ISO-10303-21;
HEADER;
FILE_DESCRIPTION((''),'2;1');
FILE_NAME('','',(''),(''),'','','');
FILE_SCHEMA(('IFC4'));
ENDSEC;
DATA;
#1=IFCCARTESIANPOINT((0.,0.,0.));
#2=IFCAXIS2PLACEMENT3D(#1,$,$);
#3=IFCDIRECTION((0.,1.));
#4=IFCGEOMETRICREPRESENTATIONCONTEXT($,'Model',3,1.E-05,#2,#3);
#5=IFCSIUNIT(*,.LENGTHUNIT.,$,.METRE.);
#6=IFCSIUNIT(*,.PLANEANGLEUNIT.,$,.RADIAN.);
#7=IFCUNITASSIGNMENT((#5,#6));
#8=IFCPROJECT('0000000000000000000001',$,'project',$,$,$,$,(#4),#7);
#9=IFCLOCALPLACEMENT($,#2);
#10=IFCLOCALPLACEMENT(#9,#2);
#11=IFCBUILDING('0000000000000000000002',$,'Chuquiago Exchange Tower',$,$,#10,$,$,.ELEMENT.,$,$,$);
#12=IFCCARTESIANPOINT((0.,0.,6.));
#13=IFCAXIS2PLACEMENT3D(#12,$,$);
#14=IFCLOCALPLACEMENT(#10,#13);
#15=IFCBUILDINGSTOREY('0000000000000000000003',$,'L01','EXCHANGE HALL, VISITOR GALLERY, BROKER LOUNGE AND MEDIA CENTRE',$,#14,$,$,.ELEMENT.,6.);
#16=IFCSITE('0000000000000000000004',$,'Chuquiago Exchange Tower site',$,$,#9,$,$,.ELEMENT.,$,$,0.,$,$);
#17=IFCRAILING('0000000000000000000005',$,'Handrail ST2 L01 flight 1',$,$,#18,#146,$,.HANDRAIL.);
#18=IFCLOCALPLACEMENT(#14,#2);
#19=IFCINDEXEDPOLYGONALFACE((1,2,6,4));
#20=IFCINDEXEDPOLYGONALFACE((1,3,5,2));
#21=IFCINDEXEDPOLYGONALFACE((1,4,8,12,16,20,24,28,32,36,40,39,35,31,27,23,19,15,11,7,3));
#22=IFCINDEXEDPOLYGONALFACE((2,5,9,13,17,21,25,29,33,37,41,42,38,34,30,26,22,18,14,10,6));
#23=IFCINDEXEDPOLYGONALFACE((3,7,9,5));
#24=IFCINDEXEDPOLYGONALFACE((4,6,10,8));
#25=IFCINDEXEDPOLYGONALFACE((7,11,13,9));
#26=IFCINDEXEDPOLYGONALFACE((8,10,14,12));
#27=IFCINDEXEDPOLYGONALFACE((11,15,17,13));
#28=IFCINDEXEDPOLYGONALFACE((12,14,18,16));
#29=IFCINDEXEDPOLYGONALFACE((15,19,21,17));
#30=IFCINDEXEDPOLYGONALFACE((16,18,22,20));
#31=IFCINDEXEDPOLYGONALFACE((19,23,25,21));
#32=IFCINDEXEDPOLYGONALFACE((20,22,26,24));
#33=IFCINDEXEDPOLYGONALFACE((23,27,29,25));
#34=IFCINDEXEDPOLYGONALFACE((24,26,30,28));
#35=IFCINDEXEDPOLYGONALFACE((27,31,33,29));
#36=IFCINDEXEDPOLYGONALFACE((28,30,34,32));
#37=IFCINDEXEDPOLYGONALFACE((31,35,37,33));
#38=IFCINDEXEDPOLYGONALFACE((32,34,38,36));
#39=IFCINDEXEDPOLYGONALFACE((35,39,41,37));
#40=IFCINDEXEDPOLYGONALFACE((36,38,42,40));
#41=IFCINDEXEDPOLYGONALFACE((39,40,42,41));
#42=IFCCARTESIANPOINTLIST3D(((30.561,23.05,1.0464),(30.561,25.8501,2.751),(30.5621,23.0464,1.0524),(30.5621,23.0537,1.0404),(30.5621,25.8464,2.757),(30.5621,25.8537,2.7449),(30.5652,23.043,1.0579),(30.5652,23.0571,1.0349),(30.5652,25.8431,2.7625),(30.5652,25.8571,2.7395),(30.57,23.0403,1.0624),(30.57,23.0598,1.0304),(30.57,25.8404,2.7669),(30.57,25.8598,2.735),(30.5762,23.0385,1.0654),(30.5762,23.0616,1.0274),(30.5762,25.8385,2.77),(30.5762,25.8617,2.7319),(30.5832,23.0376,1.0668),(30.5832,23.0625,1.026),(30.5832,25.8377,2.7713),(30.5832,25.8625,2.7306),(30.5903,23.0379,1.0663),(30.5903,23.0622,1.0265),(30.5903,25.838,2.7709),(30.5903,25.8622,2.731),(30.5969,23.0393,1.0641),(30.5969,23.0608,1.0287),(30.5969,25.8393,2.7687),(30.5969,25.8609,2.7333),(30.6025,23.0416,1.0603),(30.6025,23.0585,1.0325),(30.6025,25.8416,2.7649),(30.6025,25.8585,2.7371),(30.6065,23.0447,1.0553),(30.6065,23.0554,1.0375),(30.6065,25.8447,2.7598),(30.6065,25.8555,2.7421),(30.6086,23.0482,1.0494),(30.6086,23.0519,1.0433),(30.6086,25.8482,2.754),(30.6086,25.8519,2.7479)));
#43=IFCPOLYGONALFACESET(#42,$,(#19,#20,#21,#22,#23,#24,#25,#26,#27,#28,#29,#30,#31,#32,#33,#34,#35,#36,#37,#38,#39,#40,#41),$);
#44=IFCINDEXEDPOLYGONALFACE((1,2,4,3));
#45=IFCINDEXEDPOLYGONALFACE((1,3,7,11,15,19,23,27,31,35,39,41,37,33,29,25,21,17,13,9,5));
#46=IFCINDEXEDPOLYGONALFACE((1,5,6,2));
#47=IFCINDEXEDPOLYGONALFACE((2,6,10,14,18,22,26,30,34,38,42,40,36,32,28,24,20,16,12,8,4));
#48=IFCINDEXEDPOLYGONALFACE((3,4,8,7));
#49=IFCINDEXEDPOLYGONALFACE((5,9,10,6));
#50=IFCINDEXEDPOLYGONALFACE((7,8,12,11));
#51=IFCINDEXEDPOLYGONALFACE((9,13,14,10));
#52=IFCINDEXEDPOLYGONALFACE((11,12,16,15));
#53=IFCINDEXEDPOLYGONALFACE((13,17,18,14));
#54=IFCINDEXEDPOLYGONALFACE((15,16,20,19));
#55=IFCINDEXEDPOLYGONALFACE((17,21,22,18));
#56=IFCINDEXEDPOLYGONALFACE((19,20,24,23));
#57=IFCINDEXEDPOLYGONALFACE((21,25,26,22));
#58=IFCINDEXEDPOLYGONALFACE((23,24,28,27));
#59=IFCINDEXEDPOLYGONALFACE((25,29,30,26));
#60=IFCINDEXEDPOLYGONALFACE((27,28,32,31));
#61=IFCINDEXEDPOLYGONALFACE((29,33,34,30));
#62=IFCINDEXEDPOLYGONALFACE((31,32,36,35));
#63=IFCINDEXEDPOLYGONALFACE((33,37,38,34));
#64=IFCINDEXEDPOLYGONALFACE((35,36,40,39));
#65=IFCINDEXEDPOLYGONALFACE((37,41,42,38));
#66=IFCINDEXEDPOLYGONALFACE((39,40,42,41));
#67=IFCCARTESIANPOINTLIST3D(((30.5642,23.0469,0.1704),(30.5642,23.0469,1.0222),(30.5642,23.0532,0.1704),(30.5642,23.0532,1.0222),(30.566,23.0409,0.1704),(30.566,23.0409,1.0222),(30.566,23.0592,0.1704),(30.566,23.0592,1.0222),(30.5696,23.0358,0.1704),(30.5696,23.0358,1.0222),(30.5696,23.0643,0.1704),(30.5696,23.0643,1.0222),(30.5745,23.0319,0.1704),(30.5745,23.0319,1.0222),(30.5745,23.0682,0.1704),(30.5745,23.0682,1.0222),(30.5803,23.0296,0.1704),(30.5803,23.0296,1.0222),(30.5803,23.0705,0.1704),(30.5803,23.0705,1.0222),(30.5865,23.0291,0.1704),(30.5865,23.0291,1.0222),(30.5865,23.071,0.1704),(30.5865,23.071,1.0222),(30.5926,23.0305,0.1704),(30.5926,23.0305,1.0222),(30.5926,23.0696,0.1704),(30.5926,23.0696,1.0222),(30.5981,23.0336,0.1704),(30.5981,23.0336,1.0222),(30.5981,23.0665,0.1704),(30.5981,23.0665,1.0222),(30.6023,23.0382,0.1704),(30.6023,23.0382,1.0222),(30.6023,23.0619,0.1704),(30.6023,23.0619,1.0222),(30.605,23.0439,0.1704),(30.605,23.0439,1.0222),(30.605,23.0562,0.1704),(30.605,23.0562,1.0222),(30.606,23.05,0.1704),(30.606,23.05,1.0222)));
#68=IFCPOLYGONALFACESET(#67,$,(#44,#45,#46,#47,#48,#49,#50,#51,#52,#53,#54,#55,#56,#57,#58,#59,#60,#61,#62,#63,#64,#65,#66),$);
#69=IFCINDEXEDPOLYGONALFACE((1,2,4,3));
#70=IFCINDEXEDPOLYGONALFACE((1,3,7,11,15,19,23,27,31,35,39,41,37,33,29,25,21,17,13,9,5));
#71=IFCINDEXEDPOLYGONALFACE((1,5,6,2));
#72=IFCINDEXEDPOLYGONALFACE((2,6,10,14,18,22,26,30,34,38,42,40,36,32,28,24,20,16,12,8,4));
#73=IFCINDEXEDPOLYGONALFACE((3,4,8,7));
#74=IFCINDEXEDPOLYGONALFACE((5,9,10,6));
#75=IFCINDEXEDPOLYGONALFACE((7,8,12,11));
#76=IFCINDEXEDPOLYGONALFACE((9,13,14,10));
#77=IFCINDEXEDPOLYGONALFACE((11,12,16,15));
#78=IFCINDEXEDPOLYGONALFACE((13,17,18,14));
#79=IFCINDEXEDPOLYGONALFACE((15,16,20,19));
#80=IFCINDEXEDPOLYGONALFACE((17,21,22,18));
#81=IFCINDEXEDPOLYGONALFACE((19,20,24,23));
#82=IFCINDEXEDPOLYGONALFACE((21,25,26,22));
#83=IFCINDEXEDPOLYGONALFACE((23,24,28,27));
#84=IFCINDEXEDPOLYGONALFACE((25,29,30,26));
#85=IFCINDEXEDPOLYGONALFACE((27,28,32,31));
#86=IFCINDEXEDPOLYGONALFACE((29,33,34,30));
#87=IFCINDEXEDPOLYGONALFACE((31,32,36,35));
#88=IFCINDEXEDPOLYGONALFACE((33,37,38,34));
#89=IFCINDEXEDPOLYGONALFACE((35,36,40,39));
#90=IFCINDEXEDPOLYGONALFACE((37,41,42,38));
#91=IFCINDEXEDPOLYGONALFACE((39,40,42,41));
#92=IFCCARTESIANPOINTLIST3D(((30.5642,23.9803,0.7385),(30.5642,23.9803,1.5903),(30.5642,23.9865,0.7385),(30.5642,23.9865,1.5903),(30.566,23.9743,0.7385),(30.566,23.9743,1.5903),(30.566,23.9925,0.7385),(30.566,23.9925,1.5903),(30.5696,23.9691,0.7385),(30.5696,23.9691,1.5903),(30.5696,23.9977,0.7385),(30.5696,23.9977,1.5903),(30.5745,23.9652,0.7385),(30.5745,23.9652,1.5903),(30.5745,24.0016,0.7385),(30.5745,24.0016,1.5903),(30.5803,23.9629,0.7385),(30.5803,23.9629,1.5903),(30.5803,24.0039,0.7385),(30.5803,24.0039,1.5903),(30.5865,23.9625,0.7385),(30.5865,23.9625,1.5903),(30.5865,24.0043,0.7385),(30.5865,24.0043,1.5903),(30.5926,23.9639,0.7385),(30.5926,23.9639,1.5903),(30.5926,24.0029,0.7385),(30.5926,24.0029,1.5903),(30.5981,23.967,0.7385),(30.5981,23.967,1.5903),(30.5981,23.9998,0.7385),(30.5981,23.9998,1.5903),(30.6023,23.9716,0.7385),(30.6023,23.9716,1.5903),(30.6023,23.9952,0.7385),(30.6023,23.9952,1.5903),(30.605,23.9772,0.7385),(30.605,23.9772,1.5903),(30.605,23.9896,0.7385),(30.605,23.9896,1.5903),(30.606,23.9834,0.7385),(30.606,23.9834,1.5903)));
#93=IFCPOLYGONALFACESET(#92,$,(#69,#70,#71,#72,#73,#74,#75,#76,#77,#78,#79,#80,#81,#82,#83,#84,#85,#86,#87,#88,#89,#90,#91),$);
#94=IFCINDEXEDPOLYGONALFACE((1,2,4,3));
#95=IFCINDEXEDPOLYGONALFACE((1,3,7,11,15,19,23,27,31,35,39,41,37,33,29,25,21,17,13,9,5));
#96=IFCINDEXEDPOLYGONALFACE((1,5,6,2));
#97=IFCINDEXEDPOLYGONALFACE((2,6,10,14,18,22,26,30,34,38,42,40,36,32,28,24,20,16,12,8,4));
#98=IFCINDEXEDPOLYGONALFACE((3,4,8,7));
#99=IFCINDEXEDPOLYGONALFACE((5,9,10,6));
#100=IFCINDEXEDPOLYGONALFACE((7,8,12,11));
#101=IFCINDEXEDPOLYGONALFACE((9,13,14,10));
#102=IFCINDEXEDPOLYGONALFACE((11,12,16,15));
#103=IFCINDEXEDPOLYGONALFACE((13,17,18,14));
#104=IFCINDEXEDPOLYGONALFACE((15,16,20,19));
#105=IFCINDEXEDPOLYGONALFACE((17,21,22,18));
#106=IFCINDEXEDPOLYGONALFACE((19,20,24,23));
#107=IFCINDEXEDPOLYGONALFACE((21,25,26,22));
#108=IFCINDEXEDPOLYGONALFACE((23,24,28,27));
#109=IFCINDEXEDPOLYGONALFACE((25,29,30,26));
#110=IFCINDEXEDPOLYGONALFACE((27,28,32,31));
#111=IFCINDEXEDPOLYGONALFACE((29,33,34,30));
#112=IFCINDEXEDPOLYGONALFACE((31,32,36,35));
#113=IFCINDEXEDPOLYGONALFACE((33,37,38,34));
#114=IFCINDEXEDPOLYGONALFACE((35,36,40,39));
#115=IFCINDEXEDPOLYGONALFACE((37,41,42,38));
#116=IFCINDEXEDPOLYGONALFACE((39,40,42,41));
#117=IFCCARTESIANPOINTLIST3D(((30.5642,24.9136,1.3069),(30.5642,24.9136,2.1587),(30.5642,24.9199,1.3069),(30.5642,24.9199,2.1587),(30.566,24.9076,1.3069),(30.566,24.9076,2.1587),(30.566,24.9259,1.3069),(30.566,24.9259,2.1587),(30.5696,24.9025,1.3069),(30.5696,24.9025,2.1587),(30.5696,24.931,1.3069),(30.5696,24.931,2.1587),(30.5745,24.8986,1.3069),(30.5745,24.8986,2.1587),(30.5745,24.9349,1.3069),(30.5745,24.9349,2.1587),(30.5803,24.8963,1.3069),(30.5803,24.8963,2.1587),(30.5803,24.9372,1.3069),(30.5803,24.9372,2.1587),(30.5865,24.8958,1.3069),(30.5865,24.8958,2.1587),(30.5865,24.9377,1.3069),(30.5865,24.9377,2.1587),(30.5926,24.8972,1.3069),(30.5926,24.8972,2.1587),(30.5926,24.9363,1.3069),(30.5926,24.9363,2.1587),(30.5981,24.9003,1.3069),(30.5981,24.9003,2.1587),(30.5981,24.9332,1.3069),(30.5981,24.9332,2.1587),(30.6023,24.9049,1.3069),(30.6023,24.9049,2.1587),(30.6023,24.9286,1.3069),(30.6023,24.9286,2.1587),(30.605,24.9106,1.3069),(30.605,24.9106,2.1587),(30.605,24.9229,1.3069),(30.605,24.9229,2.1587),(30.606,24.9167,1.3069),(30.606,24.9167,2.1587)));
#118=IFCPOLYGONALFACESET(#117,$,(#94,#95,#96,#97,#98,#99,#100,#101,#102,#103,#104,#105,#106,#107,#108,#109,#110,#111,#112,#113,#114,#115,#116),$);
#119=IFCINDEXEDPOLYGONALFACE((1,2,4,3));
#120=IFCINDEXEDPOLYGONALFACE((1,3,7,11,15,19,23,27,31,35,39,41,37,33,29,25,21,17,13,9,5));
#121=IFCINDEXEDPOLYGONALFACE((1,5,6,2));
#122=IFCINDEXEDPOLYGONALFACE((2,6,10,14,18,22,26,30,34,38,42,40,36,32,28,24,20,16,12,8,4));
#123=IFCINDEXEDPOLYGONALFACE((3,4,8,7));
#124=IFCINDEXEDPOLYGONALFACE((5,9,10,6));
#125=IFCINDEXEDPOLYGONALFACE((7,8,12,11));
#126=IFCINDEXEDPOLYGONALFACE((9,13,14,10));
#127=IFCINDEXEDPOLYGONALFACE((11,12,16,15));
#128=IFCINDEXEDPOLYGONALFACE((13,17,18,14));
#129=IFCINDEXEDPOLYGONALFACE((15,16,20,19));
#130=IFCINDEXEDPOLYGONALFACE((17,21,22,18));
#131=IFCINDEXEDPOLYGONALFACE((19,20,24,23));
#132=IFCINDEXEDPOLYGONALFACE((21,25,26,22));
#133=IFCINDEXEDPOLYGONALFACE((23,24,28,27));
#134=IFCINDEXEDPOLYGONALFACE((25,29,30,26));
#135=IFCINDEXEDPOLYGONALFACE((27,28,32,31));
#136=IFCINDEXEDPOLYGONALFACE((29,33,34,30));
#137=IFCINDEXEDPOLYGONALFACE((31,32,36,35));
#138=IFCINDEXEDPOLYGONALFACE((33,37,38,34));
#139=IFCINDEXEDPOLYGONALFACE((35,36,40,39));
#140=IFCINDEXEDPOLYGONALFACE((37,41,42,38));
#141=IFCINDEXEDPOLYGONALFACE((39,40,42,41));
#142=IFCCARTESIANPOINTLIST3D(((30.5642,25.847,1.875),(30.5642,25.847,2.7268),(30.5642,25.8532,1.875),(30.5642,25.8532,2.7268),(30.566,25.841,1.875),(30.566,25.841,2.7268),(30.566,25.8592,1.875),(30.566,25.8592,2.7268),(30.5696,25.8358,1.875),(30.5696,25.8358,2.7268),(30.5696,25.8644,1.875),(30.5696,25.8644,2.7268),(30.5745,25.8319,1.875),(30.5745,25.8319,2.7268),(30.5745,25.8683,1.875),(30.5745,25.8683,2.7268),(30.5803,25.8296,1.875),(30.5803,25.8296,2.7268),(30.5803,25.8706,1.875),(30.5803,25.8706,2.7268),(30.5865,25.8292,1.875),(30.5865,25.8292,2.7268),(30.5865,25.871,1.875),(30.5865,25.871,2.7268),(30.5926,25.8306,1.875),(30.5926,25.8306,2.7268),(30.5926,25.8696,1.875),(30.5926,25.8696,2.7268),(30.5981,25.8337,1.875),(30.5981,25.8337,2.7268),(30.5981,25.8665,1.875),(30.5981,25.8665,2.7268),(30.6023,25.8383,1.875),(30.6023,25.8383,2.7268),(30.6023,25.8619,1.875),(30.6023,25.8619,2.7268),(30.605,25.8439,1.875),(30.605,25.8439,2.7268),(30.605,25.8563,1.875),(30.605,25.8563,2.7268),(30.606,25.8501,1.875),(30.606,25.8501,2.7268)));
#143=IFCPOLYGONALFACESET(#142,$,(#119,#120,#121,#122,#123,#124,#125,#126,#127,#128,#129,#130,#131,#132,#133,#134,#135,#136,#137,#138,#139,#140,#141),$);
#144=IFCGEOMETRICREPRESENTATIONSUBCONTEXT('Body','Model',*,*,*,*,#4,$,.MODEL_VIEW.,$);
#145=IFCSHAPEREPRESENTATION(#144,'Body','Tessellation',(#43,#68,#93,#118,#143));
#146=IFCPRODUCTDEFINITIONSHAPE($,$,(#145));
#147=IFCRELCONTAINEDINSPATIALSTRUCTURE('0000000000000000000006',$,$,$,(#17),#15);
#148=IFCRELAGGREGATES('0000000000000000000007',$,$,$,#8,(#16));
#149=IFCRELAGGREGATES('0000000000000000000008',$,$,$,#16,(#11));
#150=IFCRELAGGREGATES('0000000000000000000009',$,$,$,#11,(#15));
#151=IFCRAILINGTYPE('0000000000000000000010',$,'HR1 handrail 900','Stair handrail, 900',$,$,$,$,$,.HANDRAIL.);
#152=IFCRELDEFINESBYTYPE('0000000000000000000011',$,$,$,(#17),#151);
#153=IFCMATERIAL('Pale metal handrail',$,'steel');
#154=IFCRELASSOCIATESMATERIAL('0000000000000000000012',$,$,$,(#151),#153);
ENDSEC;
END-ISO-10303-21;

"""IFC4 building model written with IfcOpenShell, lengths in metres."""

from ifc_helpers import new_model, si_unit, direction, frame, origin, origin_2d, place, context, subcontext, project, spatial, circle, extrude, material, type_object, element, save


model = new_model("IFC4")

# Units and contexts
model_context = context("Model", 3, precision=1e-05, world=origin(), true_north=direction((0.0, 1.0)))
body_context = subcontext(model_context, "Body", "Model", "MODEL_VIEW")
ifc_project = project(units=[si_unit("LENGTHUNIT", "METRE"), si_unit("PLANEANGLEUNIT", "RADIAN")], contexts=[model_context])

# Site, building, storey
site_placement = place(None, origin())
site = spatial("IfcSite", under=ifc_project, at=site_placement, Name="Chuquiago Exchange Tower site", CompositionType="ELEMENT", RefElevation=0.0)
building_placement = place(site_placement, origin())
building = spatial("IfcBuilding", under=site, at=building_placement, Name="Chuquiago Exchange Tower", CompositionType="ELEMENT")
storey_placement = place(building_placement, frame((0.0, 0.0, 6.0)))
storey = spatial("IfcBuildingStorey", under=building, at=storey_placement, Name="L01", Description="EXCHANGE HALL, VISITOR GALLERY, BROKER LOUNGE AND MEDIA CENTRE", CompositionType="ELEMENT", Elevation=6.0)

# Railing
ifc_material_1 = material(Name="Pale metal handrail", Category="steel")
railing_type_1 = type_object("IfcRailingType", Name="HR1 handrail 900", Description="Stair handrail, 900", PredefinedType="HANDRAIL", material=ifc_material_1)
for number, where, name in (
    (1, (30.585, 23.05, 0.1704), "Handrail ST2 L01 flight 1"),
):
    element("IfcRailing", number, at=place(storey_placement, frame(where)), inside=storey, type_object=railing_type_1, Name=name, PredefinedType="HANDRAIL", context=body_context, shape_type="SweptSolid", body=[
        extrude(circle(Radius=0.0239, at=origin_2d()), frame((0.0, 0.0, 0.876), z_axis=(0.0, 0.85417, 0.519994), x_axis=(-1.0, 0.0, 0.0)), (0.0, 0.0, 1.0), 3.2781),
        extrude(circle(Radius=0.021, at=origin_2d()), origin(), (0.0, 0.0, 1.0), 0.8518),
        extrude(circle(Radius=0.021, at=origin_2d()), frame((0.0, 0.9333, 0.5681)), (0.0, 0.0, 1.0), 0.8518),
        extrude(circle(Radius=0.021, at=origin_2d()), frame((0.0, 1.8667, 1.1365)), (0.0, 0.0, 1.0), 0.8518),
        extrude(circle(Radius=0.021, at=origin_2d()), frame((0.0, 2.8, 1.7046)), (0.0, 0.0, 1.0), 0.8518),
    ])

save(model, "model.ifc")
